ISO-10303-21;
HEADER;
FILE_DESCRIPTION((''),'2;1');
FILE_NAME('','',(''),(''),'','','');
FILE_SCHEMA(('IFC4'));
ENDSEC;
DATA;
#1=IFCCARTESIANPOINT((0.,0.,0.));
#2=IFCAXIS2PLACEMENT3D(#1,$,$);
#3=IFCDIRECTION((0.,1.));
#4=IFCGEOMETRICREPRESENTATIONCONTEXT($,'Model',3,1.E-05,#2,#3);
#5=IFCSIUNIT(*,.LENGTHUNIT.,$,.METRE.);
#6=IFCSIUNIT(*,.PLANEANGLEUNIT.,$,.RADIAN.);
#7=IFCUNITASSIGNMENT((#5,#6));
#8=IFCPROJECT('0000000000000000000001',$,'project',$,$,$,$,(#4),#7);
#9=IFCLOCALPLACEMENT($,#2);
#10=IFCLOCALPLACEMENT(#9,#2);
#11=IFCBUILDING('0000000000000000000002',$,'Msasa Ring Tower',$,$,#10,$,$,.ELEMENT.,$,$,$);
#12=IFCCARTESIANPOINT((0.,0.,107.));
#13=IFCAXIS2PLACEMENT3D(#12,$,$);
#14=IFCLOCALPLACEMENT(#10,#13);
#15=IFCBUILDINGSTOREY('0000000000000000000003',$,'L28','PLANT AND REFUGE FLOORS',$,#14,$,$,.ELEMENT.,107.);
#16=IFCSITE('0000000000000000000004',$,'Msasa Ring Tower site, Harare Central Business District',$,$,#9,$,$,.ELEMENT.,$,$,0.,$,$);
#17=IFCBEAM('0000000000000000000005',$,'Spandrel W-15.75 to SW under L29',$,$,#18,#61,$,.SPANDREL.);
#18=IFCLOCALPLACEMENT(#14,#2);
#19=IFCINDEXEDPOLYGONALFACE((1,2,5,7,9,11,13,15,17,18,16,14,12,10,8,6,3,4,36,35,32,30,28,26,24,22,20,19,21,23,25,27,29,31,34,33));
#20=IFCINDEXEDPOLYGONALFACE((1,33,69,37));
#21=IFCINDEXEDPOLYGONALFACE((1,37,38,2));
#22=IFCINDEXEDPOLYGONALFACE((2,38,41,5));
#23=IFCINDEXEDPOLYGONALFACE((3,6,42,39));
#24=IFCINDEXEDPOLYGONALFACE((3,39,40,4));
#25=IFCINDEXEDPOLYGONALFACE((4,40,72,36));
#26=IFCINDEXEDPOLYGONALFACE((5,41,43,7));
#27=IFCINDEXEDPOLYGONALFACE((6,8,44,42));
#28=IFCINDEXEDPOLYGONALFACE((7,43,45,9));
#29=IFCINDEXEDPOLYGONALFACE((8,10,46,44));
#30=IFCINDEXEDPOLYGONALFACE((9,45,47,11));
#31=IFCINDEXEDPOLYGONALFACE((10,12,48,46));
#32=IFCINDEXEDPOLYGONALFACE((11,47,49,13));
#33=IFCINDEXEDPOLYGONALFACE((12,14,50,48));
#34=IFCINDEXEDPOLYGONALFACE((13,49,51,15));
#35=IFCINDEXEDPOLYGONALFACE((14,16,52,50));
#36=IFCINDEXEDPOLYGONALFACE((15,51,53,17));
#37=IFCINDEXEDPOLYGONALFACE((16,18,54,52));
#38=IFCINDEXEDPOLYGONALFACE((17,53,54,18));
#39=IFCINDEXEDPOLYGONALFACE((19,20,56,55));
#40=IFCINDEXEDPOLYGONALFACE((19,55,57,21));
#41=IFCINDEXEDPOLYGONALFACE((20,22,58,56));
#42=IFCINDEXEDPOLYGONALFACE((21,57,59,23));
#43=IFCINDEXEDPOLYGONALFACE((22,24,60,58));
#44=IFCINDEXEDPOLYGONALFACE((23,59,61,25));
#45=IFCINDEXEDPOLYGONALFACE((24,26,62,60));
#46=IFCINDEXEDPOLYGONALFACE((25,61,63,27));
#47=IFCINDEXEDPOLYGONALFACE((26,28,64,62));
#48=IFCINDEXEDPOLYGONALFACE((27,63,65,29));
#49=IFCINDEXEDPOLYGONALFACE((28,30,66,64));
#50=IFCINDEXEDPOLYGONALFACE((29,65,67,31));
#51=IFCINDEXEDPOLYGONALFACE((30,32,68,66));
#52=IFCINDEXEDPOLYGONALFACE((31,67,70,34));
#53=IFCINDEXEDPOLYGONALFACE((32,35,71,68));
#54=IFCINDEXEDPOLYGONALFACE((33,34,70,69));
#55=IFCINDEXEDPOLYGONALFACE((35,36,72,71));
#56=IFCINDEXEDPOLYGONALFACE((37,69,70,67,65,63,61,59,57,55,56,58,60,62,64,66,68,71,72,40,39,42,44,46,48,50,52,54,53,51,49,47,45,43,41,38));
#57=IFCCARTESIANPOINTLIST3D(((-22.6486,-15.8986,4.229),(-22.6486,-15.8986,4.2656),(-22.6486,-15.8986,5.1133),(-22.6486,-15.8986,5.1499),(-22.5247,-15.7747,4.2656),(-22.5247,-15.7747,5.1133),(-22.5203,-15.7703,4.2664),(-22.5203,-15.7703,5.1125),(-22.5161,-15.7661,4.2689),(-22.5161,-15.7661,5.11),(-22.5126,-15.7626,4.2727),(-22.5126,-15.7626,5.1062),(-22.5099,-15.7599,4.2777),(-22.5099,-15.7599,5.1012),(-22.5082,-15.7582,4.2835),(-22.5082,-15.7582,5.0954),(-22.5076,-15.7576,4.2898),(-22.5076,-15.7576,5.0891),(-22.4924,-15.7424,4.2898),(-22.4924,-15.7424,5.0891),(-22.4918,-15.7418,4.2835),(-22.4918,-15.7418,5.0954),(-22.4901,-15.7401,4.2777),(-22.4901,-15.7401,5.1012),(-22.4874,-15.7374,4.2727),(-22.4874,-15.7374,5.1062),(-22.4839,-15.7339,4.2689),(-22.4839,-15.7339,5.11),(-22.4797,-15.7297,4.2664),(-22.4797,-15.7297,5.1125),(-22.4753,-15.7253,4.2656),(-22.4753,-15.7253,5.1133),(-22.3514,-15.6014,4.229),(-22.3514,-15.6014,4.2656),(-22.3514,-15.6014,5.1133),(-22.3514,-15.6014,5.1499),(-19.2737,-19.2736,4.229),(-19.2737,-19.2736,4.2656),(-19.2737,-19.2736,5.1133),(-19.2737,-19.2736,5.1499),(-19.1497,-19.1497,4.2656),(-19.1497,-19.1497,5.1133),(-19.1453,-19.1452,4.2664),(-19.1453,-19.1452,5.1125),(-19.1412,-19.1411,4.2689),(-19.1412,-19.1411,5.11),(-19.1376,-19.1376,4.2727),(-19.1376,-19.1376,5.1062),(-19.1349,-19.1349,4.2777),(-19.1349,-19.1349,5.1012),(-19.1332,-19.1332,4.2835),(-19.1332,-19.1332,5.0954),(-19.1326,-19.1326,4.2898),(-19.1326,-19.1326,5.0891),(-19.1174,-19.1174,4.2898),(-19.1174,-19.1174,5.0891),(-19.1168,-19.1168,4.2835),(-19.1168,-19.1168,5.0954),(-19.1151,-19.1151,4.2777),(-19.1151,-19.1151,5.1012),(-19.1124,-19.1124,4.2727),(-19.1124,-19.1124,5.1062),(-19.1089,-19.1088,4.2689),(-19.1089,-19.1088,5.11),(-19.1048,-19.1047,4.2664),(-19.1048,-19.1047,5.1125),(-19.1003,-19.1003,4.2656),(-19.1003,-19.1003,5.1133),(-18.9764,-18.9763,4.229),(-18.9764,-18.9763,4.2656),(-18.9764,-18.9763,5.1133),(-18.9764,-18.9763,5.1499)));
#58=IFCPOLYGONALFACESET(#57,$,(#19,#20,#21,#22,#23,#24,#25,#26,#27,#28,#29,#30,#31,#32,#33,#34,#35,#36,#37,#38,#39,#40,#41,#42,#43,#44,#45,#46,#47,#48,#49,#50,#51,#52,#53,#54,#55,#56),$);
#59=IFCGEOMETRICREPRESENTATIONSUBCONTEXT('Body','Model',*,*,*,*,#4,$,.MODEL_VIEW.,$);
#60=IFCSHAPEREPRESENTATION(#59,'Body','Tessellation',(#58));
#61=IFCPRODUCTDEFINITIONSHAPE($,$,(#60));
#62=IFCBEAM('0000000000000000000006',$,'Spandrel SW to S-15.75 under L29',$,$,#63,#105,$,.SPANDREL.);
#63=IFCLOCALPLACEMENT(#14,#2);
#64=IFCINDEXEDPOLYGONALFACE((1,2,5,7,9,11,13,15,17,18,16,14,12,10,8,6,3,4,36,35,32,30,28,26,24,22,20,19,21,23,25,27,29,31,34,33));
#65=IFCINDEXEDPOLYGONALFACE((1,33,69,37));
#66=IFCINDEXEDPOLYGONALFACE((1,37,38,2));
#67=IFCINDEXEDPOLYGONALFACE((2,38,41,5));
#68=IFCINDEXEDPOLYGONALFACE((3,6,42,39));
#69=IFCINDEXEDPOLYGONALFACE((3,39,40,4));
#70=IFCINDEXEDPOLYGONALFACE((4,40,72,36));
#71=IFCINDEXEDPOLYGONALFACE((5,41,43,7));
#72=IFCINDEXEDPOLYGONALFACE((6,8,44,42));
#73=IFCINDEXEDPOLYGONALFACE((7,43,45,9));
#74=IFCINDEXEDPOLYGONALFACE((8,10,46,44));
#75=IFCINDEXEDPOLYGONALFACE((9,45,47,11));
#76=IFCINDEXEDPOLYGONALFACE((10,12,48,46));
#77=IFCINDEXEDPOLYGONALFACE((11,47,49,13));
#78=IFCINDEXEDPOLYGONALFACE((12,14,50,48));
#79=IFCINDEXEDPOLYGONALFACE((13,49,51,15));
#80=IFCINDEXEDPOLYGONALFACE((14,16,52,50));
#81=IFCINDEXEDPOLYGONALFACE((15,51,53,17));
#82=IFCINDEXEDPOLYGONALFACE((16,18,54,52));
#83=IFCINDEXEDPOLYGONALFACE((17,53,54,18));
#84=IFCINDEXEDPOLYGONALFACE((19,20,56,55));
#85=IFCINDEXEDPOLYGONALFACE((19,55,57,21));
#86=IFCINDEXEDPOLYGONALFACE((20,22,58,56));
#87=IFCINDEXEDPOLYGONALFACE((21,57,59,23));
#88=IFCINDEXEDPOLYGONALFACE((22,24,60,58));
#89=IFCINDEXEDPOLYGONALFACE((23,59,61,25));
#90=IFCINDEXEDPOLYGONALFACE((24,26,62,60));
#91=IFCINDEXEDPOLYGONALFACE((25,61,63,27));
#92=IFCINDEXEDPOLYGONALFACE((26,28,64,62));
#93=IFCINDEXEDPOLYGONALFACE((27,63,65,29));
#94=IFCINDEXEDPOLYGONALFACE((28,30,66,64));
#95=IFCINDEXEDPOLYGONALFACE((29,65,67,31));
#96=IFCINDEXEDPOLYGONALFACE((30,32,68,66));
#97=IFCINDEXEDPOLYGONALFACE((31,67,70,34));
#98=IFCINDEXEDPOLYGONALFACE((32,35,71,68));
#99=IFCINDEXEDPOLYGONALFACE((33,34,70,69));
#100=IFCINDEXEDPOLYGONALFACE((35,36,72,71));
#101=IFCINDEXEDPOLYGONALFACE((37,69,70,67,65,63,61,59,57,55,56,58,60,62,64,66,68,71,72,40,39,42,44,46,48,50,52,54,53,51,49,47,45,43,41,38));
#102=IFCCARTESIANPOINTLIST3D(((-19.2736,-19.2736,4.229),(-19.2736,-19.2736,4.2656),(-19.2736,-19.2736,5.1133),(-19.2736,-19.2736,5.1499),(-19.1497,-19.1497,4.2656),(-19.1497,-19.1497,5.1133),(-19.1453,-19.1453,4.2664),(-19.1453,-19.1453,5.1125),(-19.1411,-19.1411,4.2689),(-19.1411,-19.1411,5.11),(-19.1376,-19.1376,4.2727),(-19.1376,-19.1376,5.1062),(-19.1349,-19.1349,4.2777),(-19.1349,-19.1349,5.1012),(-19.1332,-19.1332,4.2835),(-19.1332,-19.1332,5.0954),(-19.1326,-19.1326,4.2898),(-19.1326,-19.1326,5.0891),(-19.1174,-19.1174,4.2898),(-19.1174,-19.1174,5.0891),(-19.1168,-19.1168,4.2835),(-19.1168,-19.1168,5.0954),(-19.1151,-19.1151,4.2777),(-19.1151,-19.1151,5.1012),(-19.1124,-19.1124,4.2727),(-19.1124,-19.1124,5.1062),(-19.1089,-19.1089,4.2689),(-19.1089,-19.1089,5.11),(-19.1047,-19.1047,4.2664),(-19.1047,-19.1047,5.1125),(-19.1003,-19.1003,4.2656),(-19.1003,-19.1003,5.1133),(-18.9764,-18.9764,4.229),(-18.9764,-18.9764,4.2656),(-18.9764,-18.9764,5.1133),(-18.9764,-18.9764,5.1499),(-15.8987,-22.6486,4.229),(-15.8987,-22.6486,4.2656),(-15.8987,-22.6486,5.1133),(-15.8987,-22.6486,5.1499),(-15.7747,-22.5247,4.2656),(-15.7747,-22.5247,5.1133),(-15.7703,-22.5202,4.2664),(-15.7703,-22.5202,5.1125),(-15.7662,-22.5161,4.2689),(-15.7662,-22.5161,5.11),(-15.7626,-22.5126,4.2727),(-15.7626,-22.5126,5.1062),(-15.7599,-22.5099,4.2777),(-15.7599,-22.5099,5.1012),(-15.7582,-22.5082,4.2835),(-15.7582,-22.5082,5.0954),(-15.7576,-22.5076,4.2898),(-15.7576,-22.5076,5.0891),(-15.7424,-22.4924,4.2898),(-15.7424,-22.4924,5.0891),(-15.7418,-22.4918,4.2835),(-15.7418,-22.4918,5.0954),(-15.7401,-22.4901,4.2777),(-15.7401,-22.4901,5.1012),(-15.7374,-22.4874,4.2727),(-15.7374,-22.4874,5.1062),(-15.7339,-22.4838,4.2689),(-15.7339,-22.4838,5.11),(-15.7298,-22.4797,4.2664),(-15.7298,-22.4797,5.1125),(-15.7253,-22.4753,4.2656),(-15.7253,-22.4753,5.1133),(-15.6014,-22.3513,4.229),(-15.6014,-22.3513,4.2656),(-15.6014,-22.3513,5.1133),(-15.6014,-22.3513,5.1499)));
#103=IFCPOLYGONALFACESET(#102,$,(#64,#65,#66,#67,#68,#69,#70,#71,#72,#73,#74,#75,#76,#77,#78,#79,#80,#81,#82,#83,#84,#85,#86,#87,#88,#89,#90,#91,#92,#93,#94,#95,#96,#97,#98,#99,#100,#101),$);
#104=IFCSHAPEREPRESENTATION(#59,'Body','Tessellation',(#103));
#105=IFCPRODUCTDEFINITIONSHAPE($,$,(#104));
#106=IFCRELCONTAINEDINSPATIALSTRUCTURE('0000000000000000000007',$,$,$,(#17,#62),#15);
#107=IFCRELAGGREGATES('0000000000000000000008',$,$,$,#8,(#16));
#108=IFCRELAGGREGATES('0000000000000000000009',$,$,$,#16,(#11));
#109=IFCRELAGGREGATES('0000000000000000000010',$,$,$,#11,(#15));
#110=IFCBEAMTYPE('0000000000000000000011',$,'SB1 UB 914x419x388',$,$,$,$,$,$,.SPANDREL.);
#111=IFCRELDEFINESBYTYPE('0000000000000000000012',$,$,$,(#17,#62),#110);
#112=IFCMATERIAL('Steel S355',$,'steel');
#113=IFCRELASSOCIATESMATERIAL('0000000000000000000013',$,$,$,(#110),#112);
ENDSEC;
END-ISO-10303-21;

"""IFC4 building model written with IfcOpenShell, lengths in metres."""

from ifc_helpers import new_model, si_unit, direction, frame, origin, origin_2d, place, context, subcontext, project, spatial, i_section, extrude, material, material_profile, profile_set, type_object, element, save


model = new_model("IFC4")

# Units and contexts
model_context = context("Model", 3, precision=1e-05, world=origin(), true_north=direction((0.0, 1.0)))
body_context = subcontext(model_context, "Body", "Model", "MODEL_VIEW")
ifc_project = project(units=[si_unit("LENGTHUNIT", "METRE"), si_unit("PLANEANGLEUNIT", "RADIAN")], contexts=[model_context])

# Site, building, storey
site_placement = place(None, origin())
site = spatial("IfcSite", under=ifc_project, at=site_placement, Name="Msasa Ring Tower site, Harare Central Business District", CompositionType="ELEMENT", RefElevation=0.0)
building_placement = place(site_placement, origin())
building = spatial("IfcBuilding", under=site, at=building_placement, Name="Msasa Ring Tower", CompositionType="ELEMENT")
storey_placement = place(building_placement, frame((0.0, 0.0, 107.0)))
storey = spatial("IfcBuildingStorey", under=building, at=storey_placement, Name="L28", Description="PLANT AND REFUGE FLOORS", CompositionType="ELEMENT", Elevation=107.0)

# Beams
ifc_material_1 = material(Name="Steel S355", Category="steel")
ifc_material_profile_1 = material_profile(ifc_material_1, i_section(OverallWidth=0.4204, OverallDepth=0.9209, WebThickness=0.0215, FlangeThickness=0.0366, FilletRadius=0.0242, at=origin_2d()), Name="UB 914x419x388")
ifc_profile_set_1 = profile_set([ifc_material_profile_1], Name="Steel S355")
beam_type = type_object("IfcBeamType", Name="SB1 UB 914x419x388", PredefinedType="SPANDREL", material=ifc_profile_set_1)
for number, where, z_axis, x_axis, name in (
    (1, (-22.5, -15.75, 4.6895), (0.707107, -0.707107, 0.0), (0.707107, 0.707107, 0.0), "Spandrel W-15.75 to SW under L29"),
    (2, (-19.125, -19.125, 4.6895), (0.707107, -0.707107, 0.0), (0.707107, 0.707107, 0.0), "Spandrel SW to S-15.75 under L29"),
):
    element("IfcBeam", number, at=place(storey_placement, frame(where, z_axis=z_axis, x_axis=x_axis)), inside=storey, type_object=beam_type, Name=name, PredefinedType="SPANDREL", context=body_context, shape_type="SweptSolid", body=[
        extrude(i_section(OverallWidth=0.4204, OverallDepth=0.9209, WebThickness=0.0215, FlangeThickness=0.0366, FilletRadius=0.0242, at=origin_2d()), origin(), (0.0, 0.0, 1.0), 4.7729),
    ])

save(model, "model.ifc")
